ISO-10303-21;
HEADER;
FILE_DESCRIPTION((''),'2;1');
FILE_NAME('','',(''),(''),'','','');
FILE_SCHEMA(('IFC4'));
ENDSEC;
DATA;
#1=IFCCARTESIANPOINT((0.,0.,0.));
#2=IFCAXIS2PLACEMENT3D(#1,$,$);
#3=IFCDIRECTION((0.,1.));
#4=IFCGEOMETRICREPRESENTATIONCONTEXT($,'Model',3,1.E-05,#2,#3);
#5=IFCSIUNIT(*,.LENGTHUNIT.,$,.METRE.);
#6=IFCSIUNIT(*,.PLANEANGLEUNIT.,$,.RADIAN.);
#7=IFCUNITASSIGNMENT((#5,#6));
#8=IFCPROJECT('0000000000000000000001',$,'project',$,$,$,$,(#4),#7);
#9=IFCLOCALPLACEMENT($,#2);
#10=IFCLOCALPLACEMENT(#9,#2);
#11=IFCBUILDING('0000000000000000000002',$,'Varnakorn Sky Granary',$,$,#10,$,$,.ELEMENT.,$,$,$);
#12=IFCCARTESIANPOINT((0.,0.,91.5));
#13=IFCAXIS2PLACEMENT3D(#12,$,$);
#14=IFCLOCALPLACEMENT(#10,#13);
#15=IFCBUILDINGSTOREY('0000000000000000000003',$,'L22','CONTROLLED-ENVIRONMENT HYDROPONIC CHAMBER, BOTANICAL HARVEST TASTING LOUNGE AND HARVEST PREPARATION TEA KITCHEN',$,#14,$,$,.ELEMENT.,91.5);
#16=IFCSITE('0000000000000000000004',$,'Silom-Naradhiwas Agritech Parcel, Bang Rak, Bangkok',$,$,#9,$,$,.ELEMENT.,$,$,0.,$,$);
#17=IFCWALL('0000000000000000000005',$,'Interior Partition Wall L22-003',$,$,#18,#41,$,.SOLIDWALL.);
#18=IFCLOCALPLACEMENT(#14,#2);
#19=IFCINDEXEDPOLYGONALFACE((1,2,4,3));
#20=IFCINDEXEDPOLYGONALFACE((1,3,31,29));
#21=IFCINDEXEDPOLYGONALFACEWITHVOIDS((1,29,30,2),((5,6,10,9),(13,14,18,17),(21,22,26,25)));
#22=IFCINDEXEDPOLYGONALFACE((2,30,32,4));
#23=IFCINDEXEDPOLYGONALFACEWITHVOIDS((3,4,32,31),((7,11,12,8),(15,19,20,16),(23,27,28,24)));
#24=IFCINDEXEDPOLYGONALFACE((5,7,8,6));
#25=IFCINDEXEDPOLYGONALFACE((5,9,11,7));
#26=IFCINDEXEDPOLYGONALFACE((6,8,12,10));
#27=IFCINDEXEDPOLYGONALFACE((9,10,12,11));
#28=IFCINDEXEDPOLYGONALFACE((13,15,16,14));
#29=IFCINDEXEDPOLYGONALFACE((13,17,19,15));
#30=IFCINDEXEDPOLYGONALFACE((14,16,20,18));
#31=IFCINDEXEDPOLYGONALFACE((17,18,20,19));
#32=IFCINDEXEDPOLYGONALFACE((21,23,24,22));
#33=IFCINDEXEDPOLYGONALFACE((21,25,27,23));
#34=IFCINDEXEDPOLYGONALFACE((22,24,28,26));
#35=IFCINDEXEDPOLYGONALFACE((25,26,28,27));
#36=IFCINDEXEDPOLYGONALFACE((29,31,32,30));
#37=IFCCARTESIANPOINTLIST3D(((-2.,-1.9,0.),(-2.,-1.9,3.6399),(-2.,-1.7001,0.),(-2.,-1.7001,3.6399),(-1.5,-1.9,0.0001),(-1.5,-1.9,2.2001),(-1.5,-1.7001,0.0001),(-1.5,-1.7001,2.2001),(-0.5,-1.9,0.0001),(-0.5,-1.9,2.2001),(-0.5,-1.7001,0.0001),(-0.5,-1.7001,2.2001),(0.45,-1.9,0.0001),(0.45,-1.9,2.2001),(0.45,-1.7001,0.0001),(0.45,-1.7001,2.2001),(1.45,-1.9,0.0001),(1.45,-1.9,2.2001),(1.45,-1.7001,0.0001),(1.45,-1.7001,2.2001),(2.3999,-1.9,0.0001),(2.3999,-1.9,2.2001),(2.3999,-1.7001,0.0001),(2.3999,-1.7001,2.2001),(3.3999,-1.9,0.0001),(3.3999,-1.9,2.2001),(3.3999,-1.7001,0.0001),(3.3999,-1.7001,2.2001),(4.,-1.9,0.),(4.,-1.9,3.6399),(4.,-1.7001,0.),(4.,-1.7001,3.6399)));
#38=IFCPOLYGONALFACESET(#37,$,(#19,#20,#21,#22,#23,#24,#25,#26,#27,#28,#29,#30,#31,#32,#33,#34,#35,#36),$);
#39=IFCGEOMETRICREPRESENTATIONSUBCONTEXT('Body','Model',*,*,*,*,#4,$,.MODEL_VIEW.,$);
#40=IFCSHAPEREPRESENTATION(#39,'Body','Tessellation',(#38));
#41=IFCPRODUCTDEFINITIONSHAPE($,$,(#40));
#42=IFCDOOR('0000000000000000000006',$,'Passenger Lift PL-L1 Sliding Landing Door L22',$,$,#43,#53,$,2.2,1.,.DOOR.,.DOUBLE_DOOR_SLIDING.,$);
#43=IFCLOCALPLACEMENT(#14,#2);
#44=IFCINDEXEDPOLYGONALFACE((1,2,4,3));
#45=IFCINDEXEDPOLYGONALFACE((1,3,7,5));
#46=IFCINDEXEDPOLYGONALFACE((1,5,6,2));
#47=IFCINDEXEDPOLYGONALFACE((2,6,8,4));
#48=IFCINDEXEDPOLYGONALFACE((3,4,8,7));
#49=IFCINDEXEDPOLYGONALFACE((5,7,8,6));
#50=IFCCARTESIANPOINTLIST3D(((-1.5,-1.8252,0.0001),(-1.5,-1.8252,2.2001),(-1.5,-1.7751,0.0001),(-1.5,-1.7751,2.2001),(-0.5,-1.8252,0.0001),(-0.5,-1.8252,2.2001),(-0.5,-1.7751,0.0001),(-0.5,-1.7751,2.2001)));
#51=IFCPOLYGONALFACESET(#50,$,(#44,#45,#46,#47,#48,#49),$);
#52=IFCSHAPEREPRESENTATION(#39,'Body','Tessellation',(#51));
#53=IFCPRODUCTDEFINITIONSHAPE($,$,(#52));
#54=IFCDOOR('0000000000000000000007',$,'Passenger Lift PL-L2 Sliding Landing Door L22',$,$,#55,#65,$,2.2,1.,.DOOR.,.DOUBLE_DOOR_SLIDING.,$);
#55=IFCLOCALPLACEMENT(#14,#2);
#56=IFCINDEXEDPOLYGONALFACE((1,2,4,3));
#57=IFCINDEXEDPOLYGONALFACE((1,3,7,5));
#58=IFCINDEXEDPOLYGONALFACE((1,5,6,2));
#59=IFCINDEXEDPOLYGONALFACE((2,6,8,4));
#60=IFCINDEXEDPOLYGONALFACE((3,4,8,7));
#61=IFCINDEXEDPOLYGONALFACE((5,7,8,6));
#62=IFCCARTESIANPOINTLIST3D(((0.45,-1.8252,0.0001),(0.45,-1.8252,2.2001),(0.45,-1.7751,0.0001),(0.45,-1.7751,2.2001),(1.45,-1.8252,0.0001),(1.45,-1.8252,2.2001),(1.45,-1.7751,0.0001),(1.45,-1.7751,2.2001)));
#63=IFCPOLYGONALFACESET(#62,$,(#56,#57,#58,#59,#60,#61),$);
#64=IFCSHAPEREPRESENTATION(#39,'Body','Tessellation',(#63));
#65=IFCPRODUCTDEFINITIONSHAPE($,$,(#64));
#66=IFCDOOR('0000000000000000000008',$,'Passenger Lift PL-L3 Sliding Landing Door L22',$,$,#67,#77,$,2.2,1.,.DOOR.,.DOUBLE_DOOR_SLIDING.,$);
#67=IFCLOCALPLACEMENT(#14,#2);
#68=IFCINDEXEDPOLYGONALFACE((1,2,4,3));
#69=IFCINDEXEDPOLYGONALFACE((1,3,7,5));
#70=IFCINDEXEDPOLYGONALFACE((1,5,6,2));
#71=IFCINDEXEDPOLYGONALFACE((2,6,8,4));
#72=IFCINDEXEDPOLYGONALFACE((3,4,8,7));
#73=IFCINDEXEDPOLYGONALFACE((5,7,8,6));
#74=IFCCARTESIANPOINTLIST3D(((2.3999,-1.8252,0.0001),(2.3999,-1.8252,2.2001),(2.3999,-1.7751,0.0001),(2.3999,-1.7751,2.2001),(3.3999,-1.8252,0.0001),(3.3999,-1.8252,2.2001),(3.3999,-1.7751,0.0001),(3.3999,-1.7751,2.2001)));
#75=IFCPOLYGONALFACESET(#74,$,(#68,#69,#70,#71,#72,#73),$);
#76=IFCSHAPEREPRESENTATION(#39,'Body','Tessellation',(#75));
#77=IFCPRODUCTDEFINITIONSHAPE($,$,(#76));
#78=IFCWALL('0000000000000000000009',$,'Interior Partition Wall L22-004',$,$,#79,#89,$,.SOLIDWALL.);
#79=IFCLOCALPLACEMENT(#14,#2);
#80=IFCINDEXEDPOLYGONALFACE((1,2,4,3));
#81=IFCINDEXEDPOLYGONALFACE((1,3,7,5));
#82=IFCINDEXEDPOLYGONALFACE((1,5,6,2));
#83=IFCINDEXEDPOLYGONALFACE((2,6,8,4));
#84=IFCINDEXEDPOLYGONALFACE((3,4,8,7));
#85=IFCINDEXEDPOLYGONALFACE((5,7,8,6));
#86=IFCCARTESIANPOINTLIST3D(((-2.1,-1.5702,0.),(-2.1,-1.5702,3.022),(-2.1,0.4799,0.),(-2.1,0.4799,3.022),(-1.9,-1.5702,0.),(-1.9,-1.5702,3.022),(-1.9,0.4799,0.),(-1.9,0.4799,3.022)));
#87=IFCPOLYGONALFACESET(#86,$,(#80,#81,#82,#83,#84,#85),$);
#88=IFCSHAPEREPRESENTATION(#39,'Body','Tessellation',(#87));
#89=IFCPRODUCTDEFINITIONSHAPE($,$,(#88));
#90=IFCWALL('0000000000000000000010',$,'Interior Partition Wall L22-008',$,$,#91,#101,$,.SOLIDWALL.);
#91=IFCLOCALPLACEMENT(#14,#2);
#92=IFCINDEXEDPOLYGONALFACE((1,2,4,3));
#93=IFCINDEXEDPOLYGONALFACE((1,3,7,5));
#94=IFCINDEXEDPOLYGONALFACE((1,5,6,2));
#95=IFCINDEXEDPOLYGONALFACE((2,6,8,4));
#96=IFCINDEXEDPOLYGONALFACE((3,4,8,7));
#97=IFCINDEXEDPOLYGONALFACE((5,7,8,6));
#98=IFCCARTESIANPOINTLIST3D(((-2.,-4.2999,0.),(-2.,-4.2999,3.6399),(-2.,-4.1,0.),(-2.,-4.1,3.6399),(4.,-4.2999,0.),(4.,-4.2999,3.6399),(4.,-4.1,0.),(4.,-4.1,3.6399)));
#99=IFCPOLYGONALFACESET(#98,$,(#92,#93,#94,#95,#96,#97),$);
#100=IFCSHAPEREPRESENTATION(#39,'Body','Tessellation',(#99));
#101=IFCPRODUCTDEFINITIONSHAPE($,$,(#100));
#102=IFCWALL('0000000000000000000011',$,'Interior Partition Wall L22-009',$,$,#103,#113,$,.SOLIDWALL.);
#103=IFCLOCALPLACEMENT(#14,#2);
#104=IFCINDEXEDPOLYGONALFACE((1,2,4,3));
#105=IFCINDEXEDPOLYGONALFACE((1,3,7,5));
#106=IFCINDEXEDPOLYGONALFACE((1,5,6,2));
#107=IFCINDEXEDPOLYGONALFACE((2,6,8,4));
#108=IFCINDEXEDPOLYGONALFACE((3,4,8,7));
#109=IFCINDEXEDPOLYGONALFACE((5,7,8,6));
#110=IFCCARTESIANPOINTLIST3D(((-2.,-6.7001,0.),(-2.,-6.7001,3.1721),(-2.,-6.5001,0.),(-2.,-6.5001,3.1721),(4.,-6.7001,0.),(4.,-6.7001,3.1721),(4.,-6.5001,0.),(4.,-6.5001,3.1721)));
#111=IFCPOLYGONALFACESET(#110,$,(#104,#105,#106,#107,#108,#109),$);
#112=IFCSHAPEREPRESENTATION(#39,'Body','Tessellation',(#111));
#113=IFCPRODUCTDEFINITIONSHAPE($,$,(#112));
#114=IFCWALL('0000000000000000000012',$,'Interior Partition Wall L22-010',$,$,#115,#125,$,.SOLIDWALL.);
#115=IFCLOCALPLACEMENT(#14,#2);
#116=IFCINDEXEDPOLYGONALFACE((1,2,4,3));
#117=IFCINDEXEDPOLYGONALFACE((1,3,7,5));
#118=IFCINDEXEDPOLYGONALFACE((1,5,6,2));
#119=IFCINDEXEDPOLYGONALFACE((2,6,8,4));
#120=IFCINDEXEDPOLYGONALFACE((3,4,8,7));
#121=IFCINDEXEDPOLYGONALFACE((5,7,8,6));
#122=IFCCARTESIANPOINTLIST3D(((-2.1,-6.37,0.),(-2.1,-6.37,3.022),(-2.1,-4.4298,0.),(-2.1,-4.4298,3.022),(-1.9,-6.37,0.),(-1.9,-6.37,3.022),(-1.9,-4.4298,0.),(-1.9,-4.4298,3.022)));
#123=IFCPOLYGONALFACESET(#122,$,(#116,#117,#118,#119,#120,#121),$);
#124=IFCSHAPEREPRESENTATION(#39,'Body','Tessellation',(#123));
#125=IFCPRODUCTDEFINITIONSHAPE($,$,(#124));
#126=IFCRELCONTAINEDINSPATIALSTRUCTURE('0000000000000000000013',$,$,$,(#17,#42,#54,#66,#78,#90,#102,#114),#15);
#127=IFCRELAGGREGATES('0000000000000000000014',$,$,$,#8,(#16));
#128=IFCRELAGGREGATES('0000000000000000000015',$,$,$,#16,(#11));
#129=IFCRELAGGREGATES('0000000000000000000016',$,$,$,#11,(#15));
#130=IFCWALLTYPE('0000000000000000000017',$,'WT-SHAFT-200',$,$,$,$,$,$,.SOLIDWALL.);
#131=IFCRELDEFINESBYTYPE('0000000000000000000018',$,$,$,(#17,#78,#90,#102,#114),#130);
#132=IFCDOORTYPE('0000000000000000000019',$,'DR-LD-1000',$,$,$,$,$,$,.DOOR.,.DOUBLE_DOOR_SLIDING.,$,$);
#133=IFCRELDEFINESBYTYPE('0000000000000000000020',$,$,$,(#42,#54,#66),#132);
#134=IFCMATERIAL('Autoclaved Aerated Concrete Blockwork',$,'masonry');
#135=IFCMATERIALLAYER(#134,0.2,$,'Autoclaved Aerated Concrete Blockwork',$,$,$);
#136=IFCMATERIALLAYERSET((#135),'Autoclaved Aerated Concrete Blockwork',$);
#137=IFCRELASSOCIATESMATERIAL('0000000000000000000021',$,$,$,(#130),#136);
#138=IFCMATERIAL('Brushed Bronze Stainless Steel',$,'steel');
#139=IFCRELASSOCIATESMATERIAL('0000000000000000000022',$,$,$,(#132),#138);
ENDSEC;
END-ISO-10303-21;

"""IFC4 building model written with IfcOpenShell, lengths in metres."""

from ifc_helpers import new_model, si_unit, direction, frame, frame_2d, origin, place, context, subcontext, project, spatial, rectangle, extrude, material, layer, layer_set, type_object, element, fill, save


model = new_model("IFC4")

# Units and contexts
model_context = context("Model", 3, precision=1e-05, world=origin(), true_north=direction((0.0, 1.0)))
body_context = subcontext(model_context, "Body", "Model", "MODEL_VIEW")
ifc_project = project(units=[si_unit("LENGTHUNIT", "METRE"), si_unit("PLANEANGLEUNIT", "RADIAN")], contexts=[model_context])

# Site, building, storey
site_placement = place(None, origin())
site = spatial("IfcSite", under=ifc_project, at=site_placement, Name="Silom-Naradhiwas Agritech Parcel, Bang Rak, Bangkok", CompositionType="ELEMENT", RefElevation=0.0)
building_placement = place(site_placement, origin())
building = spatial("IfcBuilding", under=site, at=building_placement, Name="Varnakorn Sky Granary", CompositionType="ELEMENT")
storey_placement = place(building_placement, frame((0.0, 0.0, 91.5)))
storey = spatial("IfcBuildingStorey", under=building, at=storey_placement, Name="L22", Description="CONTROLLED-ENVIRONMENT HYDROPONIC CHAMBER, BOTANICAL HARVEST TASTING LOUNGE AND HARVEST PREPARATION TEA KITCHEN", CompositionType="ELEMENT", Elevation=91.5)

# Shared definitions
ifc_material_1 = material(Name="Autoclaved Aerated Concrete Blockwork", Category="masonry")

# Wall, openings, doors
ifc_layer_1 = layer(ifc_material_1, 0.2, Name="Autoclaved Aerated Concrete Blockwork")
ifc_layer_set_1 = layer_set([ifc_layer_1], Name="Autoclaved Aerated Concrete Blockwork")
wall_type_1 = type_object("IfcWallType", Name="WT-SHAFT-200", PredefinedType="SOLIDWALL", material=ifc_layer_set_1)
wall_1_placement = place(storey_placement, frame((-2.0, -1.8, 0.0), z_axis=(0.0, 0.0, 1.0), x_axis=(1.0, 0.0, 0.0)))
wall_1 = element("IfcWall", 1, at=wall_1_placement, inside=storey, type_object=wall_type_1, Name="Interior Partition Wall L22-003", PredefinedType="SOLIDWALL", context=body_context, shape_type="SweptSolid", body=[
    extrude(rectangle(XDim=6.0, YDim=0.2, at=frame_2d((3.0, 0.0))), origin(), (0.0, 0.0, 1.0), 3.6399),
])
opening_1_placement = place(wall_1_placement, frame((0.5, 0.0, 0.0)))
opening_1 = element("IfcOpeningElement", 2, at=opening_1_placement, cuts=wall_1, PredefinedType="OPENING", context=body_context, shape_type="SweptSolid", body=[
    extrude(rectangle(XDim=1.0, YDim=2.2, at=frame_2d((0.5, 1.1001))), frame((0.0, 0.1099, 0.0), z_axis=(0.0, -1.0, 0.0), x_axis=(1.0, 0.0, 0.0)), (0.0, 0.0, 1.0), 0.22),
])
opening_2_placement = place(wall_1_placement, frame((2.45, 0.0, 0.0)))
opening_2 = element("IfcOpeningElement", 3, at=opening_2_placement, cuts=wall_1, PredefinedType="OPENING", context=body_context, shape_type="SweptSolid", body=[
    extrude(rectangle(XDim=1.0, YDim=2.2, at=frame_2d((0.5, 1.1001))), frame((0.0, 0.1099, 0.0), z_axis=(0.0, -1.0, 0.0), x_axis=(1.0, 0.0, 0.0)), (0.0, 0.0, 1.0), 0.22),
])
opening_3_placement = place(wall_1_placement, frame((4.3999, 0.0, 0.0)))
opening_3 = element("IfcOpeningElement", 4, at=opening_3_placement, cuts=wall_1, PredefinedType="OPENING", context=body_context, shape_type="SweptSolid", body=[
    extrude(rectangle(XDim=1.0, YDim=2.2, at=frame_2d((0.5, 1.1001))), frame((0.0, 0.1099, 0.0), z_axis=(0.0, -1.0, 0.0), x_axis=(1.0, 0.0, 0.0)), (0.0, 0.0, 1.0), 0.22),
])
ifc_material_2 = material(Name="Brushed Bronze Stainless Steel", Category="steel")
door_type_1 = type_object("IfcDoorType", Name="DR-LD-1000", OperationType="DOUBLE_DOOR_SLIDING", PredefinedType="DOOR", material=ifc_material_2)
door_1_placement = place(opening_1_placement, origin())
door_1 = element("IfcDoor", 5, at=door_1_placement, inside=storey, type_object=door_type_1, Name="Passenger Lift PL-L1 Sliding Landing Door L22", OperationType="DOUBLE_DOOR_SLIDING", OverallHeight=2.2, OverallWidth=1.0, PredefinedType="DOOR", context=body_context, shape_type="SweptSolid", body=[
    extrude(rectangle(XDim=1.0, YDim=2.2, at=frame_2d((0.5, 1.1001))), frame((0.0, 0.0249, 0.0), z_axis=(0.0, -1.0, 0.0), x_axis=(1.0, 0.0, 0.0)), (0.0, 0.0, 1.0), 0.05),
])
fill(opening_1, door_1)
door_2_placement = place(opening_2_placement, origin())
door_2 = element("IfcDoor", 6, at=door_2_placement, inside=storey, type_object=door_type_1, Name="Passenger Lift PL-L2 Sliding Landing Door L22", OperationType="DOUBLE_DOOR_SLIDING", OverallHeight=2.2, OverallWidth=1.0, PredefinedType="DOOR", context=body_context, shape_type="SweptSolid", body=[
    extrude(rectangle(XDim=1.0, YDim=2.2, at=frame_2d((0.5, 1.1001))), frame((0.0, 0.0249, 0.0), z_axis=(0.0, -1.0, 0.0), x_axis=(1.0, 0.0, 0.0)), (0.0, 0.0, 1.0), 0.05),
])
fill(opening_2, door_2)
door_3_placement = place(opening_3_placement, origin())
door_3 = element("IfcDoor", 7, at=door_3_placement, inside=storey, type_object=door_type_1, Name="Passenger Lift PL-L3 Sliding Landing Door L22", OperationType="DOUBLE_DOOR_SLIDING", OverallHeight=2.2, OverallWidth=1.0, PredefinedType="DOOR", context=body_context, shape_type="SweptSolid", body=[
    extrude(rectangle(XDim=1.0, YDim=2.2, at=frame_2d((0.5, 1.1001))), frame((0.0, 0.0249, 0.0), z_axis=(0.0, -1.0, 0.0), x_axis=(1.0, 0.0, 0.0)), (0.0, 0.0, 1.0), 0.05),
])
fill(opening_3, door_3)

# Walls
wall_2_placement = place(storey_placement, frame((-2.0, -1.5701, 0.0), z_axis=(0.0, 0.0, 1.0), x_axis=(0.0, 1.0, 0.0)))
element("IfcWall", 8, at=wall_2_placement, inside=storey, type_object=wall_type_1, Name="Interior Partition Wall L22-004", PredefinedType="SOLIDWALL", context=body_context, shape_type="SweptSolid", body=[
    extrude(rectangle(XDim=2.05, YDim=0.2, at=frame_2d((1.0249, 0.0))), origin(), (0.0, 0.0, 1.0), 3.022),
])
wall_3_placement = place(storey_placement, frame((-2.0, -4.2, 0.0), z_axis=(0.0, 0.0, 1.0), x_axis=(1.0, 0.0, 0.0)))
element("IfcWall", 9, at=wall_3_placement, inside=storey, type_object=wall_type_1, Name="Interior Partition Wall L22-008", PredefinedType="SOLIDWALL", context=body_context, shape_type="SweptSolid", body=[
    extrude(rectangle(XDim=6.0, YDim=0.2, at=frame_2d((3.0, 0.0))), origin(), (0.0, 0.0, 1.0), 3.6399),
])
wall_4_placement = place(storey_placement, frame((-2.0, -6.6001, 0.0), z_axis=(0.0, 0.0, 1.0), x_axis=(1.0, 0.0, 0.0)))
element("IfcWall", 10, at=wall_4_placement, inside=storey, type_object=wall_type_1, Name="Interior Partition Wall L22-009", PredefinedType="SOLIDWALL", context=body_context, shape_type="SweptSolid", body=[
    extrude(rectangle(XDim=6.0, YDim=0.2, at=frame_2d((3.0, 0.0))), origin(), (0.0, 0.0, 1.0), 3.1721),
])
wall_5_placement = place(storey_placement, frame((-2.0, -6.3701, 0.0), z_axis=(0.0, 0.0, 1.0), x_axis=(0.0, 1.0, 0.0)))
element("IfcWall", 11, at=wall_5_placement, inside=storey, type_object=wall_type_1, Name="Interior Partition Wall L22-010", PredefinedType="SOLIDWALL", context=body_context, shape_type="SweptSolid", body=[
    extrude(rectangle(XDim=1.9402, YDim=0.2, at=frame_2d((0.9702, 0.0))), origin(), (0.0, 0.0, 1.0), 3.022),
])

save(model, "model.ifc")
